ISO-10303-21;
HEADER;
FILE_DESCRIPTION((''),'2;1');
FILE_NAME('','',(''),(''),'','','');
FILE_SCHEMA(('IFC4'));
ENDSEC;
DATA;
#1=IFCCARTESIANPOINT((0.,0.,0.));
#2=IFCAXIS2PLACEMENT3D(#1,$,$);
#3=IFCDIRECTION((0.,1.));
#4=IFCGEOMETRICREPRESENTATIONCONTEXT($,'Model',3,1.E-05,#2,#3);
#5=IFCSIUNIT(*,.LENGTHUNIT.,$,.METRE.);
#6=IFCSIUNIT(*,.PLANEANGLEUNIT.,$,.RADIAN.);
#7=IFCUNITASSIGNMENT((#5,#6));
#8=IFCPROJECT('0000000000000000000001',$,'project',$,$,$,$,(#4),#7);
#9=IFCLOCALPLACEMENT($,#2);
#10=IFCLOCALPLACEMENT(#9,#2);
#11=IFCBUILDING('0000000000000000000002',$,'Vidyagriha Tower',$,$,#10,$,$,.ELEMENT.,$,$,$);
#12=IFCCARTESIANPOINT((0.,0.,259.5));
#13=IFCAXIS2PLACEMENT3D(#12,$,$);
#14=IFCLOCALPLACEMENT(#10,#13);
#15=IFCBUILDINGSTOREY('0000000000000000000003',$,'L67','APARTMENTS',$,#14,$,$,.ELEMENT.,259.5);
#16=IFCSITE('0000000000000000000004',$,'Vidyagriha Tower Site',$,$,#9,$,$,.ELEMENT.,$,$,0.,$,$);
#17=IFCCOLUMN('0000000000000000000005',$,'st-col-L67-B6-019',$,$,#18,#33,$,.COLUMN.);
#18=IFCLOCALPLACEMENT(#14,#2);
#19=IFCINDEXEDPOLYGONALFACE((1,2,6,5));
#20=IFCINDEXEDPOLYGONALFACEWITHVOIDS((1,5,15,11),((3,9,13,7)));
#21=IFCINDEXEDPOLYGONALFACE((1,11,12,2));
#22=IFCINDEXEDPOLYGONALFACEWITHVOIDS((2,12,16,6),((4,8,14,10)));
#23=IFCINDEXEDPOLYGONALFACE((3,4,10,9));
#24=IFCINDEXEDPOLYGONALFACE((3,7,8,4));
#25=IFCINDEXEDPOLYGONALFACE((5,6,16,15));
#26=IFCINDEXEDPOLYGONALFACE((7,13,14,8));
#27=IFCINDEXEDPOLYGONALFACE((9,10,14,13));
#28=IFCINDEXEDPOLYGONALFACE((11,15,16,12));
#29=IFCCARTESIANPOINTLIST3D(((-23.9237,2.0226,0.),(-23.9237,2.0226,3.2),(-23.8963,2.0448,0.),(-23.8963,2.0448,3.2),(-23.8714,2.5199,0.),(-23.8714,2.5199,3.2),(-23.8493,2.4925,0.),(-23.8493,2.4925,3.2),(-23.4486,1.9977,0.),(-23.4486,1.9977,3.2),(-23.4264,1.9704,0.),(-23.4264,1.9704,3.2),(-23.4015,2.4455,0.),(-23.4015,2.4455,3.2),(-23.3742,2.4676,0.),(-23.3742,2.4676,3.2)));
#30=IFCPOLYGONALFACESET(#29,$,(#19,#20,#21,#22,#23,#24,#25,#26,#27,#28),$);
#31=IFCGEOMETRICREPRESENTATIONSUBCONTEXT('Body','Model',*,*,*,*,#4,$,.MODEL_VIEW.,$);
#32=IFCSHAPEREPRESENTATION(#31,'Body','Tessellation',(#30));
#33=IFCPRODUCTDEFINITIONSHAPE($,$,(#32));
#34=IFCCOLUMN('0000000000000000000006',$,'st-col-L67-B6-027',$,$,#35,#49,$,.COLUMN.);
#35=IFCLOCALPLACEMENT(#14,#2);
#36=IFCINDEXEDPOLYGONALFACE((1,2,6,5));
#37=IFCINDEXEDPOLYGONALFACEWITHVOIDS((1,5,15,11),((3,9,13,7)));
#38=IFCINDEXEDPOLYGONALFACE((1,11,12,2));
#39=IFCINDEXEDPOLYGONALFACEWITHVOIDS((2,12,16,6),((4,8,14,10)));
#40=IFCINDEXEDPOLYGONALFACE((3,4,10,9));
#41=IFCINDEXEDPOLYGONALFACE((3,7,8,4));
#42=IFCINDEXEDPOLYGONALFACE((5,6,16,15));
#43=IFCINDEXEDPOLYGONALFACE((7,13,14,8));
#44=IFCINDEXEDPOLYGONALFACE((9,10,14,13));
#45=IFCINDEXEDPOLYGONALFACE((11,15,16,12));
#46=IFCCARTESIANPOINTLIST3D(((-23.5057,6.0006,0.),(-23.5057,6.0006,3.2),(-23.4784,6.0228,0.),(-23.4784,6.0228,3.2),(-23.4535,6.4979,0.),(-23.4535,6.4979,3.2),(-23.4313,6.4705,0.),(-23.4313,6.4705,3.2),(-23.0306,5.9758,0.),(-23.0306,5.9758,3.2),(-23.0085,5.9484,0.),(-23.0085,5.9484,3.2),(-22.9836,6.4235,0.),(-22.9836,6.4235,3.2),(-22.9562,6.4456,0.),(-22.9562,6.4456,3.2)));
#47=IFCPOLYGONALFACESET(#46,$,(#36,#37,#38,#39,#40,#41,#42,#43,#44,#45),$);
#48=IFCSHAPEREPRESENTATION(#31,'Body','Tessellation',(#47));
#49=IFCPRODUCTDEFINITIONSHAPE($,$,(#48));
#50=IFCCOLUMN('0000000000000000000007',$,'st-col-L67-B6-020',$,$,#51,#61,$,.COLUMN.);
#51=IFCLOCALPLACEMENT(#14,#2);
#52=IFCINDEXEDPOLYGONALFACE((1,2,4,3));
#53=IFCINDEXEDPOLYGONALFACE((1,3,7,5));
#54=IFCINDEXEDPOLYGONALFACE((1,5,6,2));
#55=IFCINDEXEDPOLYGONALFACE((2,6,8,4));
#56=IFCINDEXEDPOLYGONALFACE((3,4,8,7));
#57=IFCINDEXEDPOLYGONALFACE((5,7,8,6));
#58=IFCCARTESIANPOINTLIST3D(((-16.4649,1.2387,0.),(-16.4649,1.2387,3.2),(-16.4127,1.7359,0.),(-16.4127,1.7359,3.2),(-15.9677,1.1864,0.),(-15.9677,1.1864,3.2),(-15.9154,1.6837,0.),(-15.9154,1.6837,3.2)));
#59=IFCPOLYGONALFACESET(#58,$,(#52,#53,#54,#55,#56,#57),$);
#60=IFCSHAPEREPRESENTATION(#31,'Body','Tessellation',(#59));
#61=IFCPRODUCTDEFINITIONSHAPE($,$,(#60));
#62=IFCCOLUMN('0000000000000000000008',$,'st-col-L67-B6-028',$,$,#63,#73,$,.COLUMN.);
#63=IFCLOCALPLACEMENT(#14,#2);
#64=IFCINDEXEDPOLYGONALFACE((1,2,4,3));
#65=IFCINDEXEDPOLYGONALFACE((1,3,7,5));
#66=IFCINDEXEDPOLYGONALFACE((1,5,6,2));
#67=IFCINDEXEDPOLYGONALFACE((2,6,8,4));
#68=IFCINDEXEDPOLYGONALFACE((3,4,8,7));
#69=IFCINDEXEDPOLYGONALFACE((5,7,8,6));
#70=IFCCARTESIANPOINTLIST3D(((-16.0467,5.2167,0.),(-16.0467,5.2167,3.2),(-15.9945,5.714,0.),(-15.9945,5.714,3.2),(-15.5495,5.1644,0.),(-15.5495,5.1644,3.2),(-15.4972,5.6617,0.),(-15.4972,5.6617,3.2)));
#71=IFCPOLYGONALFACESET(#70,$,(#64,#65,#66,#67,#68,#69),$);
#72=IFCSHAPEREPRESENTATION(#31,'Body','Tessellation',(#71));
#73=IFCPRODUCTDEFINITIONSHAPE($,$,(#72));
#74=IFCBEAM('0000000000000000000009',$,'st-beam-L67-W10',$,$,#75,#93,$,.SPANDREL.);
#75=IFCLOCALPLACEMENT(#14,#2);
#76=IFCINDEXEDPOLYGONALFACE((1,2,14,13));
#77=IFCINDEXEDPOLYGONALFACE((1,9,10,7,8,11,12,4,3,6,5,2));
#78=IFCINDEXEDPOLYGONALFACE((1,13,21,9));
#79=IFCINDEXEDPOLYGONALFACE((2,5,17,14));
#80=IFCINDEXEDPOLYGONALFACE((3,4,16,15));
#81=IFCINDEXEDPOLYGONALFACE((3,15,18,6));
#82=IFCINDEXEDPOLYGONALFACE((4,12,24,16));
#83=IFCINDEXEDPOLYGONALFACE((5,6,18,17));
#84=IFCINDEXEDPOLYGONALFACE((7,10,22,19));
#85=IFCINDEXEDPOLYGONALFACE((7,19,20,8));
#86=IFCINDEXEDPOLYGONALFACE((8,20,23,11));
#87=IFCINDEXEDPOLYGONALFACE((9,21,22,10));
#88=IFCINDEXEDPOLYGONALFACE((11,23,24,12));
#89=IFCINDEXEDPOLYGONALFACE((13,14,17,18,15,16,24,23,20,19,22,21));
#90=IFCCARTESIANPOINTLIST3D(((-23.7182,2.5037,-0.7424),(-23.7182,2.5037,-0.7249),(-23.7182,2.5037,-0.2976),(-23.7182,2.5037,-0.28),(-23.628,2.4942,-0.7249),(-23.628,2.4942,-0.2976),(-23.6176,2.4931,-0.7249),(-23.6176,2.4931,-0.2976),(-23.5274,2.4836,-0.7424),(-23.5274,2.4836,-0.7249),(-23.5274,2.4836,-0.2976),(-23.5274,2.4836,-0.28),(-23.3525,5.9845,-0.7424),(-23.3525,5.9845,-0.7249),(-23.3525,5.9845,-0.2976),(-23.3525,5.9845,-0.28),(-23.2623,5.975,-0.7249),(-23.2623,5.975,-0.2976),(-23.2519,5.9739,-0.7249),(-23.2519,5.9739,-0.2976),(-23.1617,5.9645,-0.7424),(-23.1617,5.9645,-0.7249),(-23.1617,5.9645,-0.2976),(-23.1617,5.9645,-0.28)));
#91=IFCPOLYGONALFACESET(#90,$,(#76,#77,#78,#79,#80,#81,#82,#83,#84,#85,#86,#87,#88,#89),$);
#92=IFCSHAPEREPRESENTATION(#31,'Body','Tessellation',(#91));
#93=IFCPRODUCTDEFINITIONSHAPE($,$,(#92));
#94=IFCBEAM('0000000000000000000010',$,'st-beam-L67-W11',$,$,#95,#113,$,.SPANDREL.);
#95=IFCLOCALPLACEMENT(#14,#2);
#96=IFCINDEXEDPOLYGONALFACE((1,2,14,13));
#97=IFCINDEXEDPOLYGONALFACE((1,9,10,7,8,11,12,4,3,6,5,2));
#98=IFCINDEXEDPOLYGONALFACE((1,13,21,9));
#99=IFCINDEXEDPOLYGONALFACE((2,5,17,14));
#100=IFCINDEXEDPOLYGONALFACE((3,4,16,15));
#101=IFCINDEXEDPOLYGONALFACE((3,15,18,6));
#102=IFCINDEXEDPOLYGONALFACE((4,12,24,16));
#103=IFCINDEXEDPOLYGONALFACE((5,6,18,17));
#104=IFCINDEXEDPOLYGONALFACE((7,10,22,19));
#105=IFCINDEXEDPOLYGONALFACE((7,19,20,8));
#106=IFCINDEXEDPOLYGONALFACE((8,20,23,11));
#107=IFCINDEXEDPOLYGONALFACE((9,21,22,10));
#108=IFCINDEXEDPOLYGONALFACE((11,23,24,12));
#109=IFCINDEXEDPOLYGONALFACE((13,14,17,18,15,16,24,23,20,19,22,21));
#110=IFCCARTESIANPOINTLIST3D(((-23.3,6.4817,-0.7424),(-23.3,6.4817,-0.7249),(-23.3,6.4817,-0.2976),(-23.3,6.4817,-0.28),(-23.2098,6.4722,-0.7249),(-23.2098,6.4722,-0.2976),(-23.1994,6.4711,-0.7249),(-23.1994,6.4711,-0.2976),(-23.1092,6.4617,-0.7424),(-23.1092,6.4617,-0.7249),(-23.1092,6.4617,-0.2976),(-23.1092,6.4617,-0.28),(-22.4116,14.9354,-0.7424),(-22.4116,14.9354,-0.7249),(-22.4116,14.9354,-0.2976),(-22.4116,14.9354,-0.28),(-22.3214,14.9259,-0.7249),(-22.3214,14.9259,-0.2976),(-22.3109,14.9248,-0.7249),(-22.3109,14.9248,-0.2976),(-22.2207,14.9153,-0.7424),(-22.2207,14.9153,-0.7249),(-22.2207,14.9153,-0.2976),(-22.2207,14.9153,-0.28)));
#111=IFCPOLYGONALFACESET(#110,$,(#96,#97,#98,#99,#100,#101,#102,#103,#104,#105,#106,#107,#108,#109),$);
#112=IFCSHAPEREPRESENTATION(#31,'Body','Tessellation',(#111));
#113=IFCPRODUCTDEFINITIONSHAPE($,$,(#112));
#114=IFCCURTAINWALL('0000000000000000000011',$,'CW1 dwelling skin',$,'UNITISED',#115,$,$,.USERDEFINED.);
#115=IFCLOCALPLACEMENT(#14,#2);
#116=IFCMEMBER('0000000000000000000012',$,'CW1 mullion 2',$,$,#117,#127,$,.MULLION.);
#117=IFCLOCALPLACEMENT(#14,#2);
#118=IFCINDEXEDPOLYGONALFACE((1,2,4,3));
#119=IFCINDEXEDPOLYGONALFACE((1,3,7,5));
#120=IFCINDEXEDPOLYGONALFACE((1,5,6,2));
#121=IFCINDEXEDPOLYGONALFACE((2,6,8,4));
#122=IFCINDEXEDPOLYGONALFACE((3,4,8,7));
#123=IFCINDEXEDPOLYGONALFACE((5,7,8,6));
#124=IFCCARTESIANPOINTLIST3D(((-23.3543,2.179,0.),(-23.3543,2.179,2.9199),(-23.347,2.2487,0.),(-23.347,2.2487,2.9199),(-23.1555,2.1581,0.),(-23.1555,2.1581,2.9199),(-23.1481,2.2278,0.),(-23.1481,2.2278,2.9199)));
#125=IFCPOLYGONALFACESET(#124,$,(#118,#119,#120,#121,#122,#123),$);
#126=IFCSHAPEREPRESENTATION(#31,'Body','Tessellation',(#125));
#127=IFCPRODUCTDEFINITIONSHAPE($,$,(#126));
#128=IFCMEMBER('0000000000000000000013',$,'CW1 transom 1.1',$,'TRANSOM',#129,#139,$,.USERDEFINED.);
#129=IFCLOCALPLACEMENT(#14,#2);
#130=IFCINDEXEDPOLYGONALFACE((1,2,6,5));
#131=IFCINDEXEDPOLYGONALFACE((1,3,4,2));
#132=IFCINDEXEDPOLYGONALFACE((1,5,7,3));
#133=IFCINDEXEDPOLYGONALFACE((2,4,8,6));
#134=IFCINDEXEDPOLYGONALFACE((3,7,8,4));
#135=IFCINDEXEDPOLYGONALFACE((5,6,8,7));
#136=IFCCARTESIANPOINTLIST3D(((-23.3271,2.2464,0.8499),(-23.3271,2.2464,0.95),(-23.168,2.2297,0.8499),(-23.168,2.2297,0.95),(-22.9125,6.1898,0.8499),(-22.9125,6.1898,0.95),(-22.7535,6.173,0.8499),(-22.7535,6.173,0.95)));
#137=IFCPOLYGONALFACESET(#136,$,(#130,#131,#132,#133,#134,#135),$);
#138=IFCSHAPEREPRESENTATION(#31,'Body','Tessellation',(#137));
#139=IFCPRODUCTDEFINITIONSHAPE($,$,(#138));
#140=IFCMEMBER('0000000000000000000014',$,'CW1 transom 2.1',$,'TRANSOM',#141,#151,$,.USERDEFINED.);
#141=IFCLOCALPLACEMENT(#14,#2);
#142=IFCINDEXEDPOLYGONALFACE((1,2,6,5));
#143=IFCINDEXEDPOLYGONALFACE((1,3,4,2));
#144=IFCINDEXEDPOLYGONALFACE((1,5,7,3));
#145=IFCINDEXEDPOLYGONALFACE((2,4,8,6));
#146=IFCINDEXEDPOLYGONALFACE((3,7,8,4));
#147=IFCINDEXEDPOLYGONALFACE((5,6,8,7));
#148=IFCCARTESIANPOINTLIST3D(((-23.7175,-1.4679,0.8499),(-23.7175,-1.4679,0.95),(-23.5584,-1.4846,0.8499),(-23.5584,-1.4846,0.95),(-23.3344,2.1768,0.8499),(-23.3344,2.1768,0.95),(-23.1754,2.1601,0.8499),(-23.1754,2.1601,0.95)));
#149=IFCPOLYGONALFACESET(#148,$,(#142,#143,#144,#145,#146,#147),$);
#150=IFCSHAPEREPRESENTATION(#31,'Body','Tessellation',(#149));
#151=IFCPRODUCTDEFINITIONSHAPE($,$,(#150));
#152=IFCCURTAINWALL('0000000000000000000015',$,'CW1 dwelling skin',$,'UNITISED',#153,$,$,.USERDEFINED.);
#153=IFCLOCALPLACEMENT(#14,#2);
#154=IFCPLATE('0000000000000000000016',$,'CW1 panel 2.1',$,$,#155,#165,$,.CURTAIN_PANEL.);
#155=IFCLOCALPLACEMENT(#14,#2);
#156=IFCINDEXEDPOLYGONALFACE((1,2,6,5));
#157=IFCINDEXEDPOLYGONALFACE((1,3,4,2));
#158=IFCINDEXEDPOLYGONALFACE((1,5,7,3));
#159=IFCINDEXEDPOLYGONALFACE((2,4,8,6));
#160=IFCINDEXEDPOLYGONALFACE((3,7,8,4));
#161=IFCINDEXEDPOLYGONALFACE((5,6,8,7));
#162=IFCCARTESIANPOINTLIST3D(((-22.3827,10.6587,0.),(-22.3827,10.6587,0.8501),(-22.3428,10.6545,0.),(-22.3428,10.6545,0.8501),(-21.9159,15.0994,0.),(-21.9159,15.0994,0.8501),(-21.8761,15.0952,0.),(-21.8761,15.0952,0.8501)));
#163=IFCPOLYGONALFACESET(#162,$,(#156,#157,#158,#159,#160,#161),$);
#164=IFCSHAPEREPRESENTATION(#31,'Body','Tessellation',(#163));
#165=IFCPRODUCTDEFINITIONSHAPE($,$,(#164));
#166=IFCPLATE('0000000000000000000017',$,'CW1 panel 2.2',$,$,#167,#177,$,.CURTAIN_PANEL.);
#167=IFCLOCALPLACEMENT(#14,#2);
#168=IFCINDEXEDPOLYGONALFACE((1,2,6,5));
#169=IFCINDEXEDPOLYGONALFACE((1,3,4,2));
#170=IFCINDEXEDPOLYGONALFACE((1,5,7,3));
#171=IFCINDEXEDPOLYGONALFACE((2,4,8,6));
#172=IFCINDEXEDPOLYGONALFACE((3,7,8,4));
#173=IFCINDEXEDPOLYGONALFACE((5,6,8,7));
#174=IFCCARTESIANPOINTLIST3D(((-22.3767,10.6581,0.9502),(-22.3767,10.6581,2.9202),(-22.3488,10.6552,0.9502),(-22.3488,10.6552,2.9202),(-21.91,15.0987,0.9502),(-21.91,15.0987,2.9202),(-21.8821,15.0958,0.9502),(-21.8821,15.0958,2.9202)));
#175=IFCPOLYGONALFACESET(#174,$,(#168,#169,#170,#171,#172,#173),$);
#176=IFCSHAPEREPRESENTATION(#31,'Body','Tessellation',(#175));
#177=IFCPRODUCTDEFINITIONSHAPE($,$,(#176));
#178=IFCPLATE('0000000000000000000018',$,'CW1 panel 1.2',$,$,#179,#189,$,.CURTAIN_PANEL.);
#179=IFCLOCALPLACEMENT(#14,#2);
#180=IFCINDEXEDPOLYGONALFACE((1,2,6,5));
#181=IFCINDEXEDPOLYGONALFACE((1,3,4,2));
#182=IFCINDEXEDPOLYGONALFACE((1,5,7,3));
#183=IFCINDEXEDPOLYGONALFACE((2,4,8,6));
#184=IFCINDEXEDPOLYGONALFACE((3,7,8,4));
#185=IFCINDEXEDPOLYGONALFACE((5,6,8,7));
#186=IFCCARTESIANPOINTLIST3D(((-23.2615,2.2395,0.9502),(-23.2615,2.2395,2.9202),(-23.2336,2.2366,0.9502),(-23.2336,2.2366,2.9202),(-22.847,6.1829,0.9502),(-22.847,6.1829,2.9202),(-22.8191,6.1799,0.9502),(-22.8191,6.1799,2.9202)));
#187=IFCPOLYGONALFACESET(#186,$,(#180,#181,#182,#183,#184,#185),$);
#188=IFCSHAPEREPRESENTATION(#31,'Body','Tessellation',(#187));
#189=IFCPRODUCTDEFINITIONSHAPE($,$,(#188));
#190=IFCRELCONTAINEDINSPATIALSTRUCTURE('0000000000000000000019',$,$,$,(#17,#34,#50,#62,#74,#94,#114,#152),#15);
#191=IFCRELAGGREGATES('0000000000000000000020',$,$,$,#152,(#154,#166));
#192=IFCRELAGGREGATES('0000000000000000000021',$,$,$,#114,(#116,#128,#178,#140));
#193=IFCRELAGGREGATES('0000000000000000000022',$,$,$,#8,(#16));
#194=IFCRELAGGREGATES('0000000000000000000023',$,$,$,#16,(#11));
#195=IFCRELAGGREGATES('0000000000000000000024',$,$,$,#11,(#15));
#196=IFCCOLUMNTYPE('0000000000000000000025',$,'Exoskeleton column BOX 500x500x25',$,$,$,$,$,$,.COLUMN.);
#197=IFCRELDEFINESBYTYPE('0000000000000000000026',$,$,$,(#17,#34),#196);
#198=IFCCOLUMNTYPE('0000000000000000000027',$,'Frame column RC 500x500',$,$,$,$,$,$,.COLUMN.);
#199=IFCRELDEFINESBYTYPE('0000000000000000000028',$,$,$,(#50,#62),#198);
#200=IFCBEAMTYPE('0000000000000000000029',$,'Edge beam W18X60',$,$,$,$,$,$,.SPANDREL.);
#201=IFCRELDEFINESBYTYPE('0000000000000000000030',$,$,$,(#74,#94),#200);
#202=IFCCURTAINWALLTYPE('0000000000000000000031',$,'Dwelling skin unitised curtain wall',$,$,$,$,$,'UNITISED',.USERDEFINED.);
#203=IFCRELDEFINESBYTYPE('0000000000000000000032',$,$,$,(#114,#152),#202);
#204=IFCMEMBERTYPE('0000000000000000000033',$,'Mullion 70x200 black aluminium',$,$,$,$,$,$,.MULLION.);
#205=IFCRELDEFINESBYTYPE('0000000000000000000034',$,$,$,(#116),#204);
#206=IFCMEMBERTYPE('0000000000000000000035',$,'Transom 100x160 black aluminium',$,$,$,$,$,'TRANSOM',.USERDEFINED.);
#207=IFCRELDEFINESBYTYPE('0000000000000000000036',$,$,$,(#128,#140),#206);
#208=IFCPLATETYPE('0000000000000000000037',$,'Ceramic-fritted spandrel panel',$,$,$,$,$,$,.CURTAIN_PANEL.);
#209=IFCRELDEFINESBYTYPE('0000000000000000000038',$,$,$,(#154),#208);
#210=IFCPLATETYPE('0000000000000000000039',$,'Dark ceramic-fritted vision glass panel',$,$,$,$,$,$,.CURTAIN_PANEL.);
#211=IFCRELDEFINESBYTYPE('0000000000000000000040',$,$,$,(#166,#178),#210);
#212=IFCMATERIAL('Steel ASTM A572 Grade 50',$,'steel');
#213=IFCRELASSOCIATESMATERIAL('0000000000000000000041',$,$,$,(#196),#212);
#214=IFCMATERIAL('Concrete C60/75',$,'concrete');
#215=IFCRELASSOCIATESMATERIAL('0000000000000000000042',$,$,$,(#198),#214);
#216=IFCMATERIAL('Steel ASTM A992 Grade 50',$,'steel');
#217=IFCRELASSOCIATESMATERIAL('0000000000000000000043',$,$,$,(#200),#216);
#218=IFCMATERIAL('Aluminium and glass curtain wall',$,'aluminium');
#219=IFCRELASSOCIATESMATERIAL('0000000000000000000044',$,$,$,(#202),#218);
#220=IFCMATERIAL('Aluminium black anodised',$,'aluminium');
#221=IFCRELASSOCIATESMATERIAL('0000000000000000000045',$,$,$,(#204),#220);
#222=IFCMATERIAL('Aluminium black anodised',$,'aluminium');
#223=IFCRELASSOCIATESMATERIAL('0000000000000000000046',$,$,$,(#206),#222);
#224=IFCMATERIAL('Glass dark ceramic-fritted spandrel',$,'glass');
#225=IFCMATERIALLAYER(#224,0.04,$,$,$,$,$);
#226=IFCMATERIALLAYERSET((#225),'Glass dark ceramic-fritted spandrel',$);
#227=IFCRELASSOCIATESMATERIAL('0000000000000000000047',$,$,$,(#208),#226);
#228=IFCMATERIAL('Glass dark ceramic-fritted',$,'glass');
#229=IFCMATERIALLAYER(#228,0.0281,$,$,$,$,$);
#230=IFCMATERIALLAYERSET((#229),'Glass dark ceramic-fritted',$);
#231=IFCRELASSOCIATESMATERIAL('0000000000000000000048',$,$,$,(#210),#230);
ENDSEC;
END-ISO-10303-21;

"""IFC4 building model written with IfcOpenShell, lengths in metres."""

from ifc_helpers import new_model, si_unit, direction, frame, origin, origin_2d, place, context, subcontext, project, spatial, rectangle, hollow_rectangle, i_section, extrude, material, layer, layer_set, material_profile, profile_set, type_object, element, aggregate, save


model = new_model("IFC4")

# Units and contexts
model_context = context("Model", 3, precision=1e-05, world=origin(), true_north=direction((0.0, 1.0)))
body_context = subcontext(model_context, "Body", "Model", "MODEL_VIEW")
ifc_project = project(units=[si_unit("LENGTHUNIT", "METRE"), si_unit("PLANEANGLEUNIT", "RADIAN")], contexts=[model_context])

# Site, building, storey
site_placement = place(None, origin())
site = spatial("IfcSite", under=ifc_project, at=site_placement, Name="Vidyagriha Tower Site", CompositionType="ELEMENT", RefElevation=0.0)
building_placement = place(site_placement, origin())
building = spatial("IfcBuilding", under=site, at=building_placement, Name="Vidyagriha Tower", CompositionType="ELEMENT")
storey_placement = place(building_placement, frame((0.0, 0.0, 259.5)))
storey = spatial("IfcBuildingStorey", under=building, at=storey_placement, Name="L67", Description="APARTMENTS", CompositionType="ELEMENT", Elevation=259.5)

# Columns
ifc_material_1 = material(Name="Steel ASTM A572 Grade 50", Category="steel")
ifc_material_profile_1 = material_profile(ifc_material_1, hollow_rectangle(XDim=0.5, YDim=0.5, WallThickness=0.0249, at=origin_2d()), Name="BOX 500x500x25")
ifc_profile_set_1 = profile_set([ifc_material_profile_1], Name="Steel ASTM A572 Grade 50")
column_type_1 = type_object("IfcColumnType", Name="Exoskeleton column BOX 500x500x25", PredefinedType="COLUMN", material=ifc_profile_set_1)
for number, where, z_axis, x_axis, name in (
    (1, (-23.6489, 2.2451, 0.0), (0.0, 0.0, 1.0), (0.994522, -0.104528, 0.0), "st-col-L67-B6-019"),
    (2, (-23.231, 6.2231, 0.0), (0.0, 0.0, 1.0), (0.994522, -0.104528, 0.0), "st-col-L67-B6-027"),
):
    element("IfcColumn", number, at=place(storey_placement, frame(where, z_axis=z_axis, x_axis=x_axis)), inside=storey, type_object=column_type_1, Name=name, PredefinedType="COLUMN", context=body_context, shape_type="SweptSolid", body=[
        extrude(hollow_rectangle(XDim=0.5, YDim=0.5, WallThickness=0.0249, at=origin_2d()), origin(), (0.0, 0.0, 1.0), 3.2),
    ])
ifc_material_2 = material(Name="Concrete C60/75", Category="concrete")
ifc_material_profile_2 = material_profile(ifc_material_2, rectangle(XDim=0.5, YDim=0.5, at=origin_2d()), Name="RC 500x500")
ifc_profile_set_2 = profile_set([ifc_material_profile_2], Name="Concrete C60/75")
column_type_2 = type_object("IfcColumnType", Name="Frame column RC 500x500", PredefinedType="COLUMN", material=ifc_profile_set_2)
for number, where, z_axis, x_axis, name in (
    (3, (-16.1902, 1.4612, 0.0), (0.0, 0.0, 1.0), (0.994522, -0.104528, 0.0), "st-col-L67-B6-020"),
    (4, (-15.772, 5.4392, 0.0), (0.0, 0.0, 1.0), (0.994522, -0.104528, 0.0), "st-col-L67-B6-028"),
):
    element("IfcColumn", number, at=place(storey_placement, frame(where, z_axis=z_axis, x_axis=x_axis)), inside=storey, type_object=column_type_2, Name=name, PredefinedType="COLUMN", context=body_context, shape_type="SweptSolid", body=[
        extrude(rectangle(XDim=0.5, YDim=0.5, at=origin_2d()), origin(), (0.0, 0.0, 1.0), 3.2),
    ])

# Beams
ifc_material_3 = material(Name="Steel ASTM A992 Grade 50", Category="steel")
ifc_material_profile_3 = material_profile(ifc_material_3, i_section(OverallWidth=0.1919, OverallDepth=0.4624, WebThickness=0.0105, FlangeThickness=0.0176, at=origin_2d()), Name="W18X60")
ifc_profile_set_3 = profile_set([ifc_material_profile_3], Name="Steel ASTM A992 Grade 50")
beam_type = type_object("IfcBeamType", Name="Edge beam W18X60", PredefinedType="SPANDREL", material=ifc_profile_set_3)
beam_1_placement = place(storey_placement, frame((-23.6228, 2.4937, -0.5112), z_axis=(0.104489, 0.994526, 0.0), x_axis=(-0.994526, 0.104489, 0.0)))
element("IfcBeam", 5, at=beam_1_placement, inside=storey, type_object=beam_type, Name="st-beam-L67-W10", PredefinedType="SPANDREL", context=body_context, shape_type="SweptSolid", body=[
    extrude(i_section(OverallWidth=0.1919, OverallDepth=0.4624, WebThickness=0.0105, FlangeThickness=0.0176, at=origin_2d()), origin(), (0.0, 0.0, 1.0), 3.5),
])
beam_2_placement = place(storey_placement, frame((-23.2046, 6.4717, -0.5112), z_axis=(0.104519, 0.994523, 0.0), x_axis=(-0.994523, 0.104519, 0.0)))
element("IfcBeam", 6, at=beam_2_placement, inside=storey, type_object=beam_type, Name="st-beam-L67-W11", PredefinedType="SPANDREL", context=body_context, shape_type="SweptSolid", body=[
    extrude(i_section(OverallWidth=0.1919, OverallDepth=0.4624, WebThickness=0.0105, FlangeThickness=0.0176, at=origin_2d()), origin(), (0.0, 0.0, 1.0), 8.5002),
])

# Curtain wall, members
ifc_material_4 = material(Name="Aluminium and glass curtain wall", Category="aluminium")
curtain_wall_type = type_object("IfcCurtainWallType", Name="Dwelling skin unitised curtain wall", ElementType="UNITISED", PredefinedType="USERDEFINED", material=ifc_material_4)
curtain_wall_1_placement = place(storey_placement, origin())
curtain_wall_1 = element("IfcCurtainWall", 7, at=curtain_wall_1_placement, inside=storey, type_object=curtain_wall_type, Name="CW1 dwelling skin", ObjectType="UNITISED", PredefinedType="USERDEFINED")
ifc_material_5 = material(Name="Aluminium black anodised", Category="aluminium")
ifc_material_profile_4 = material_profile(ifc_material_5, rectangle(XDim=0.2, YDim=0.0701, at=origin_2d()), Name="Mullion 70x200 black aluminium")
ifc_profile_set_4 = profile_set([ifc_material_profile_4], Name="Aluminium black anodised")
member_type_1 = type_object("IfcMemberType", Name="Mullion 70x200 black aluminium", PredefinedType="MULLION", material=ifc_profile_set_4)
member_1_placement = place(storey_placement, frame((-23.2512, 2.2034, 0.0), z_axis=(0.0, 0.0, 1.0), x_axis=(0.994521, -0.104533, 0.0)))
member_1 = element("IfcMember", 8, at=member_1_placement, type_object=member_type_1, Name="CW1 mullion 2", PredefinedType="MULLION", context=body_context, shape_type="SweptSolid", body=[
    extrude(rectangle(XDim=0.2, YDim=0.0701, at=origin_2d()), origin(), (0.0, 0.0, 1.0), 2.9199),
])
ifc_material_6 = material(Name="Aluminium black anodised", Category="aluminium")
ifc_material_profile_5 = material_profile(ifc_material_6, rectangle(XDim=0.1599, YDim=0.1001, at=origin_2d()), Name="Transom 100x160 black aluminium")
ifc_profile_set_5 = profile_set([ifc_material_profile_5], Name="Aluminium black anodised")
member_type_2 = type_object("IfcMemberType", Name="Transom 100x160 black aluminium", ElementType="TRANSOM", PredefinedType="USERDEFINED", material=ifc_profile_set_5)
member_2_placement = place(storey_placement, frame((-22.833, 6.1814, 0.8999), z_axis=(-0.10455, -0.99452, 0.0), x_axis=(0.99452, -0.10455, 0.0)))
member_2 = element("IfcMember", 9, at=member_2_placement, type_object=member_type_2, Name="CW1 transom 1.1", ObjectType="TRANSOM", PredefinedType="USERDEFINED", context=body_context, shape_type="SweptSolid", body=[
    extrude(rectangle(XDim=0.1599, YDim=0.1001, at=origin_2d()), origin(), (0.0, 0.0, 1.0), 3.9651),
])
member_3_placement = place(storey_placement, frame((-23.2549, 2.1685, 0.8999), z_axis=(-0.104522, -0.994523, 0.0), x_axis=(0.994523, -0.104522, 0.0)))
member_3 = element("IfcMember", 10, at=member_3_placement, type_object=member_type_2, Name="CW1 transom 2.1", ObjectType="TRANSOM", PredefinedType="USERDEFINED", context=body_context, shape_type="SweptSolid", body=[
    extrude(rectangle(XDim=0.1599, YDim=0.1001, at=origin_2d()), origin(), (0.0, 0.0, 1.0), 3.6648),
])

# Curtain wall, plates
curtain_wall_2_placement = place(storey_placement, origin())
curtain_wall_2 = element("IfcCurtainWall", 11, at=curtain_wall_2_placement, inside=storey, type_object=curtain_wall_type, Name="CW1 dwelling skin", ObjectType="UNITISED", PredefinedType="USERDEFINED")
ifc_material_7 = material(Name="Glass dark ceramic-fritted spandrel", Category="glass")
ifc_layer_1 = layer(ifc_material_7, 0.04)
ifc_layer_set_1 = layer_set([ifc_layer_1], Name="Glass dark ceramic-fritted spandrel")
plate_type_1 = type_object("IfcPlateType", Name="Ceramic-fritted spandrel panel", PredefinedType="CURTAIN_PANEL", material=ifc_layer_set_1)
plate_1_placement = place(storey_placement, frame((-22.1294, 12.877, 0.0), z_axis=(0.0, 0.0, 1.0), x_axis=(-0.104525, -0.994522, 0.0)))
plate_1 = element("IfcPlate", 12, at=plate_1_placement, type_object=plate_type_1, Name="CW1 panel 2.1", PredefinedType="CURTAIN_PANEL", context=body_context, shape_type="SweptSolid", body=[
    extrude(rectangle(XDim=4.4651, YDim=0.04, at=origin_2d()), origin(), (0.0, 0.0, 1.0), 0.8501),
])
ifc_material_8 = material(Name="Glass dark ceramic-fritted", Category="glass")
ifc_layer_2 = layer(ifc_material_8, 0.0281)
ifc_layer_set_2 = layer_set([ifc_layer_2], Name="Glass dark ceramic-fritted")
plate_type_2 = type_object("IfcPlateType", Name="Dark ceramic-fritted vision glass panel", PredefinedType="CURTAIN_PANEL", material=ifc_layer_set_2)
plate_2_placement = place(storey_placement, frame((-22.1294, 12.877, 0.9502), z_axis=(0.0, 0.0, 1.0), x_axis=(-0.104525, -0.994522, 0.0)))
plate_2 = element("IfcPlate", 13, at=plate_2_placement, type_object=plate_type_2, Name="CW1 panel 2.2", PredefinedType="CURTAIN_PANEL", context=body_context, shape_type="SweptSolid", body=[
    extrude(rectangle(XDim=4.4651, YDim=0.0281, at=origin_2d()), origin(), (0.0, 0.0, 1.0), 1.97),
])
aggregate(curtain_wall_2, [plate_1, plate_2])

# Plate
plate_3_placement = place(storey_placement, frame((-23.0403, 4.2097, 0.9502), z_axis=(0.0, 0.0, 1.0), x_axis=(-0.104533, -0.994521, 0.0)))
plate_3 = element("IfcPlate", 14, at=plate_3_placement, type_object=plate_type_2, Name="CW1 panel 1.2", PredefinedType="CURTAIN_PANEL", context=body_context, shape_type="SweptSolid", body=[
    extrude(rectangle(XDim=3.9651, YDim=0.0281, at=origin_2d()), origin(), (0.0, 0.0, 1.0), 1.97),
])
aggregate(curtain_wall_1, [member_1, member_2, plate_3, member_3])

save(model, "model.ifc")
